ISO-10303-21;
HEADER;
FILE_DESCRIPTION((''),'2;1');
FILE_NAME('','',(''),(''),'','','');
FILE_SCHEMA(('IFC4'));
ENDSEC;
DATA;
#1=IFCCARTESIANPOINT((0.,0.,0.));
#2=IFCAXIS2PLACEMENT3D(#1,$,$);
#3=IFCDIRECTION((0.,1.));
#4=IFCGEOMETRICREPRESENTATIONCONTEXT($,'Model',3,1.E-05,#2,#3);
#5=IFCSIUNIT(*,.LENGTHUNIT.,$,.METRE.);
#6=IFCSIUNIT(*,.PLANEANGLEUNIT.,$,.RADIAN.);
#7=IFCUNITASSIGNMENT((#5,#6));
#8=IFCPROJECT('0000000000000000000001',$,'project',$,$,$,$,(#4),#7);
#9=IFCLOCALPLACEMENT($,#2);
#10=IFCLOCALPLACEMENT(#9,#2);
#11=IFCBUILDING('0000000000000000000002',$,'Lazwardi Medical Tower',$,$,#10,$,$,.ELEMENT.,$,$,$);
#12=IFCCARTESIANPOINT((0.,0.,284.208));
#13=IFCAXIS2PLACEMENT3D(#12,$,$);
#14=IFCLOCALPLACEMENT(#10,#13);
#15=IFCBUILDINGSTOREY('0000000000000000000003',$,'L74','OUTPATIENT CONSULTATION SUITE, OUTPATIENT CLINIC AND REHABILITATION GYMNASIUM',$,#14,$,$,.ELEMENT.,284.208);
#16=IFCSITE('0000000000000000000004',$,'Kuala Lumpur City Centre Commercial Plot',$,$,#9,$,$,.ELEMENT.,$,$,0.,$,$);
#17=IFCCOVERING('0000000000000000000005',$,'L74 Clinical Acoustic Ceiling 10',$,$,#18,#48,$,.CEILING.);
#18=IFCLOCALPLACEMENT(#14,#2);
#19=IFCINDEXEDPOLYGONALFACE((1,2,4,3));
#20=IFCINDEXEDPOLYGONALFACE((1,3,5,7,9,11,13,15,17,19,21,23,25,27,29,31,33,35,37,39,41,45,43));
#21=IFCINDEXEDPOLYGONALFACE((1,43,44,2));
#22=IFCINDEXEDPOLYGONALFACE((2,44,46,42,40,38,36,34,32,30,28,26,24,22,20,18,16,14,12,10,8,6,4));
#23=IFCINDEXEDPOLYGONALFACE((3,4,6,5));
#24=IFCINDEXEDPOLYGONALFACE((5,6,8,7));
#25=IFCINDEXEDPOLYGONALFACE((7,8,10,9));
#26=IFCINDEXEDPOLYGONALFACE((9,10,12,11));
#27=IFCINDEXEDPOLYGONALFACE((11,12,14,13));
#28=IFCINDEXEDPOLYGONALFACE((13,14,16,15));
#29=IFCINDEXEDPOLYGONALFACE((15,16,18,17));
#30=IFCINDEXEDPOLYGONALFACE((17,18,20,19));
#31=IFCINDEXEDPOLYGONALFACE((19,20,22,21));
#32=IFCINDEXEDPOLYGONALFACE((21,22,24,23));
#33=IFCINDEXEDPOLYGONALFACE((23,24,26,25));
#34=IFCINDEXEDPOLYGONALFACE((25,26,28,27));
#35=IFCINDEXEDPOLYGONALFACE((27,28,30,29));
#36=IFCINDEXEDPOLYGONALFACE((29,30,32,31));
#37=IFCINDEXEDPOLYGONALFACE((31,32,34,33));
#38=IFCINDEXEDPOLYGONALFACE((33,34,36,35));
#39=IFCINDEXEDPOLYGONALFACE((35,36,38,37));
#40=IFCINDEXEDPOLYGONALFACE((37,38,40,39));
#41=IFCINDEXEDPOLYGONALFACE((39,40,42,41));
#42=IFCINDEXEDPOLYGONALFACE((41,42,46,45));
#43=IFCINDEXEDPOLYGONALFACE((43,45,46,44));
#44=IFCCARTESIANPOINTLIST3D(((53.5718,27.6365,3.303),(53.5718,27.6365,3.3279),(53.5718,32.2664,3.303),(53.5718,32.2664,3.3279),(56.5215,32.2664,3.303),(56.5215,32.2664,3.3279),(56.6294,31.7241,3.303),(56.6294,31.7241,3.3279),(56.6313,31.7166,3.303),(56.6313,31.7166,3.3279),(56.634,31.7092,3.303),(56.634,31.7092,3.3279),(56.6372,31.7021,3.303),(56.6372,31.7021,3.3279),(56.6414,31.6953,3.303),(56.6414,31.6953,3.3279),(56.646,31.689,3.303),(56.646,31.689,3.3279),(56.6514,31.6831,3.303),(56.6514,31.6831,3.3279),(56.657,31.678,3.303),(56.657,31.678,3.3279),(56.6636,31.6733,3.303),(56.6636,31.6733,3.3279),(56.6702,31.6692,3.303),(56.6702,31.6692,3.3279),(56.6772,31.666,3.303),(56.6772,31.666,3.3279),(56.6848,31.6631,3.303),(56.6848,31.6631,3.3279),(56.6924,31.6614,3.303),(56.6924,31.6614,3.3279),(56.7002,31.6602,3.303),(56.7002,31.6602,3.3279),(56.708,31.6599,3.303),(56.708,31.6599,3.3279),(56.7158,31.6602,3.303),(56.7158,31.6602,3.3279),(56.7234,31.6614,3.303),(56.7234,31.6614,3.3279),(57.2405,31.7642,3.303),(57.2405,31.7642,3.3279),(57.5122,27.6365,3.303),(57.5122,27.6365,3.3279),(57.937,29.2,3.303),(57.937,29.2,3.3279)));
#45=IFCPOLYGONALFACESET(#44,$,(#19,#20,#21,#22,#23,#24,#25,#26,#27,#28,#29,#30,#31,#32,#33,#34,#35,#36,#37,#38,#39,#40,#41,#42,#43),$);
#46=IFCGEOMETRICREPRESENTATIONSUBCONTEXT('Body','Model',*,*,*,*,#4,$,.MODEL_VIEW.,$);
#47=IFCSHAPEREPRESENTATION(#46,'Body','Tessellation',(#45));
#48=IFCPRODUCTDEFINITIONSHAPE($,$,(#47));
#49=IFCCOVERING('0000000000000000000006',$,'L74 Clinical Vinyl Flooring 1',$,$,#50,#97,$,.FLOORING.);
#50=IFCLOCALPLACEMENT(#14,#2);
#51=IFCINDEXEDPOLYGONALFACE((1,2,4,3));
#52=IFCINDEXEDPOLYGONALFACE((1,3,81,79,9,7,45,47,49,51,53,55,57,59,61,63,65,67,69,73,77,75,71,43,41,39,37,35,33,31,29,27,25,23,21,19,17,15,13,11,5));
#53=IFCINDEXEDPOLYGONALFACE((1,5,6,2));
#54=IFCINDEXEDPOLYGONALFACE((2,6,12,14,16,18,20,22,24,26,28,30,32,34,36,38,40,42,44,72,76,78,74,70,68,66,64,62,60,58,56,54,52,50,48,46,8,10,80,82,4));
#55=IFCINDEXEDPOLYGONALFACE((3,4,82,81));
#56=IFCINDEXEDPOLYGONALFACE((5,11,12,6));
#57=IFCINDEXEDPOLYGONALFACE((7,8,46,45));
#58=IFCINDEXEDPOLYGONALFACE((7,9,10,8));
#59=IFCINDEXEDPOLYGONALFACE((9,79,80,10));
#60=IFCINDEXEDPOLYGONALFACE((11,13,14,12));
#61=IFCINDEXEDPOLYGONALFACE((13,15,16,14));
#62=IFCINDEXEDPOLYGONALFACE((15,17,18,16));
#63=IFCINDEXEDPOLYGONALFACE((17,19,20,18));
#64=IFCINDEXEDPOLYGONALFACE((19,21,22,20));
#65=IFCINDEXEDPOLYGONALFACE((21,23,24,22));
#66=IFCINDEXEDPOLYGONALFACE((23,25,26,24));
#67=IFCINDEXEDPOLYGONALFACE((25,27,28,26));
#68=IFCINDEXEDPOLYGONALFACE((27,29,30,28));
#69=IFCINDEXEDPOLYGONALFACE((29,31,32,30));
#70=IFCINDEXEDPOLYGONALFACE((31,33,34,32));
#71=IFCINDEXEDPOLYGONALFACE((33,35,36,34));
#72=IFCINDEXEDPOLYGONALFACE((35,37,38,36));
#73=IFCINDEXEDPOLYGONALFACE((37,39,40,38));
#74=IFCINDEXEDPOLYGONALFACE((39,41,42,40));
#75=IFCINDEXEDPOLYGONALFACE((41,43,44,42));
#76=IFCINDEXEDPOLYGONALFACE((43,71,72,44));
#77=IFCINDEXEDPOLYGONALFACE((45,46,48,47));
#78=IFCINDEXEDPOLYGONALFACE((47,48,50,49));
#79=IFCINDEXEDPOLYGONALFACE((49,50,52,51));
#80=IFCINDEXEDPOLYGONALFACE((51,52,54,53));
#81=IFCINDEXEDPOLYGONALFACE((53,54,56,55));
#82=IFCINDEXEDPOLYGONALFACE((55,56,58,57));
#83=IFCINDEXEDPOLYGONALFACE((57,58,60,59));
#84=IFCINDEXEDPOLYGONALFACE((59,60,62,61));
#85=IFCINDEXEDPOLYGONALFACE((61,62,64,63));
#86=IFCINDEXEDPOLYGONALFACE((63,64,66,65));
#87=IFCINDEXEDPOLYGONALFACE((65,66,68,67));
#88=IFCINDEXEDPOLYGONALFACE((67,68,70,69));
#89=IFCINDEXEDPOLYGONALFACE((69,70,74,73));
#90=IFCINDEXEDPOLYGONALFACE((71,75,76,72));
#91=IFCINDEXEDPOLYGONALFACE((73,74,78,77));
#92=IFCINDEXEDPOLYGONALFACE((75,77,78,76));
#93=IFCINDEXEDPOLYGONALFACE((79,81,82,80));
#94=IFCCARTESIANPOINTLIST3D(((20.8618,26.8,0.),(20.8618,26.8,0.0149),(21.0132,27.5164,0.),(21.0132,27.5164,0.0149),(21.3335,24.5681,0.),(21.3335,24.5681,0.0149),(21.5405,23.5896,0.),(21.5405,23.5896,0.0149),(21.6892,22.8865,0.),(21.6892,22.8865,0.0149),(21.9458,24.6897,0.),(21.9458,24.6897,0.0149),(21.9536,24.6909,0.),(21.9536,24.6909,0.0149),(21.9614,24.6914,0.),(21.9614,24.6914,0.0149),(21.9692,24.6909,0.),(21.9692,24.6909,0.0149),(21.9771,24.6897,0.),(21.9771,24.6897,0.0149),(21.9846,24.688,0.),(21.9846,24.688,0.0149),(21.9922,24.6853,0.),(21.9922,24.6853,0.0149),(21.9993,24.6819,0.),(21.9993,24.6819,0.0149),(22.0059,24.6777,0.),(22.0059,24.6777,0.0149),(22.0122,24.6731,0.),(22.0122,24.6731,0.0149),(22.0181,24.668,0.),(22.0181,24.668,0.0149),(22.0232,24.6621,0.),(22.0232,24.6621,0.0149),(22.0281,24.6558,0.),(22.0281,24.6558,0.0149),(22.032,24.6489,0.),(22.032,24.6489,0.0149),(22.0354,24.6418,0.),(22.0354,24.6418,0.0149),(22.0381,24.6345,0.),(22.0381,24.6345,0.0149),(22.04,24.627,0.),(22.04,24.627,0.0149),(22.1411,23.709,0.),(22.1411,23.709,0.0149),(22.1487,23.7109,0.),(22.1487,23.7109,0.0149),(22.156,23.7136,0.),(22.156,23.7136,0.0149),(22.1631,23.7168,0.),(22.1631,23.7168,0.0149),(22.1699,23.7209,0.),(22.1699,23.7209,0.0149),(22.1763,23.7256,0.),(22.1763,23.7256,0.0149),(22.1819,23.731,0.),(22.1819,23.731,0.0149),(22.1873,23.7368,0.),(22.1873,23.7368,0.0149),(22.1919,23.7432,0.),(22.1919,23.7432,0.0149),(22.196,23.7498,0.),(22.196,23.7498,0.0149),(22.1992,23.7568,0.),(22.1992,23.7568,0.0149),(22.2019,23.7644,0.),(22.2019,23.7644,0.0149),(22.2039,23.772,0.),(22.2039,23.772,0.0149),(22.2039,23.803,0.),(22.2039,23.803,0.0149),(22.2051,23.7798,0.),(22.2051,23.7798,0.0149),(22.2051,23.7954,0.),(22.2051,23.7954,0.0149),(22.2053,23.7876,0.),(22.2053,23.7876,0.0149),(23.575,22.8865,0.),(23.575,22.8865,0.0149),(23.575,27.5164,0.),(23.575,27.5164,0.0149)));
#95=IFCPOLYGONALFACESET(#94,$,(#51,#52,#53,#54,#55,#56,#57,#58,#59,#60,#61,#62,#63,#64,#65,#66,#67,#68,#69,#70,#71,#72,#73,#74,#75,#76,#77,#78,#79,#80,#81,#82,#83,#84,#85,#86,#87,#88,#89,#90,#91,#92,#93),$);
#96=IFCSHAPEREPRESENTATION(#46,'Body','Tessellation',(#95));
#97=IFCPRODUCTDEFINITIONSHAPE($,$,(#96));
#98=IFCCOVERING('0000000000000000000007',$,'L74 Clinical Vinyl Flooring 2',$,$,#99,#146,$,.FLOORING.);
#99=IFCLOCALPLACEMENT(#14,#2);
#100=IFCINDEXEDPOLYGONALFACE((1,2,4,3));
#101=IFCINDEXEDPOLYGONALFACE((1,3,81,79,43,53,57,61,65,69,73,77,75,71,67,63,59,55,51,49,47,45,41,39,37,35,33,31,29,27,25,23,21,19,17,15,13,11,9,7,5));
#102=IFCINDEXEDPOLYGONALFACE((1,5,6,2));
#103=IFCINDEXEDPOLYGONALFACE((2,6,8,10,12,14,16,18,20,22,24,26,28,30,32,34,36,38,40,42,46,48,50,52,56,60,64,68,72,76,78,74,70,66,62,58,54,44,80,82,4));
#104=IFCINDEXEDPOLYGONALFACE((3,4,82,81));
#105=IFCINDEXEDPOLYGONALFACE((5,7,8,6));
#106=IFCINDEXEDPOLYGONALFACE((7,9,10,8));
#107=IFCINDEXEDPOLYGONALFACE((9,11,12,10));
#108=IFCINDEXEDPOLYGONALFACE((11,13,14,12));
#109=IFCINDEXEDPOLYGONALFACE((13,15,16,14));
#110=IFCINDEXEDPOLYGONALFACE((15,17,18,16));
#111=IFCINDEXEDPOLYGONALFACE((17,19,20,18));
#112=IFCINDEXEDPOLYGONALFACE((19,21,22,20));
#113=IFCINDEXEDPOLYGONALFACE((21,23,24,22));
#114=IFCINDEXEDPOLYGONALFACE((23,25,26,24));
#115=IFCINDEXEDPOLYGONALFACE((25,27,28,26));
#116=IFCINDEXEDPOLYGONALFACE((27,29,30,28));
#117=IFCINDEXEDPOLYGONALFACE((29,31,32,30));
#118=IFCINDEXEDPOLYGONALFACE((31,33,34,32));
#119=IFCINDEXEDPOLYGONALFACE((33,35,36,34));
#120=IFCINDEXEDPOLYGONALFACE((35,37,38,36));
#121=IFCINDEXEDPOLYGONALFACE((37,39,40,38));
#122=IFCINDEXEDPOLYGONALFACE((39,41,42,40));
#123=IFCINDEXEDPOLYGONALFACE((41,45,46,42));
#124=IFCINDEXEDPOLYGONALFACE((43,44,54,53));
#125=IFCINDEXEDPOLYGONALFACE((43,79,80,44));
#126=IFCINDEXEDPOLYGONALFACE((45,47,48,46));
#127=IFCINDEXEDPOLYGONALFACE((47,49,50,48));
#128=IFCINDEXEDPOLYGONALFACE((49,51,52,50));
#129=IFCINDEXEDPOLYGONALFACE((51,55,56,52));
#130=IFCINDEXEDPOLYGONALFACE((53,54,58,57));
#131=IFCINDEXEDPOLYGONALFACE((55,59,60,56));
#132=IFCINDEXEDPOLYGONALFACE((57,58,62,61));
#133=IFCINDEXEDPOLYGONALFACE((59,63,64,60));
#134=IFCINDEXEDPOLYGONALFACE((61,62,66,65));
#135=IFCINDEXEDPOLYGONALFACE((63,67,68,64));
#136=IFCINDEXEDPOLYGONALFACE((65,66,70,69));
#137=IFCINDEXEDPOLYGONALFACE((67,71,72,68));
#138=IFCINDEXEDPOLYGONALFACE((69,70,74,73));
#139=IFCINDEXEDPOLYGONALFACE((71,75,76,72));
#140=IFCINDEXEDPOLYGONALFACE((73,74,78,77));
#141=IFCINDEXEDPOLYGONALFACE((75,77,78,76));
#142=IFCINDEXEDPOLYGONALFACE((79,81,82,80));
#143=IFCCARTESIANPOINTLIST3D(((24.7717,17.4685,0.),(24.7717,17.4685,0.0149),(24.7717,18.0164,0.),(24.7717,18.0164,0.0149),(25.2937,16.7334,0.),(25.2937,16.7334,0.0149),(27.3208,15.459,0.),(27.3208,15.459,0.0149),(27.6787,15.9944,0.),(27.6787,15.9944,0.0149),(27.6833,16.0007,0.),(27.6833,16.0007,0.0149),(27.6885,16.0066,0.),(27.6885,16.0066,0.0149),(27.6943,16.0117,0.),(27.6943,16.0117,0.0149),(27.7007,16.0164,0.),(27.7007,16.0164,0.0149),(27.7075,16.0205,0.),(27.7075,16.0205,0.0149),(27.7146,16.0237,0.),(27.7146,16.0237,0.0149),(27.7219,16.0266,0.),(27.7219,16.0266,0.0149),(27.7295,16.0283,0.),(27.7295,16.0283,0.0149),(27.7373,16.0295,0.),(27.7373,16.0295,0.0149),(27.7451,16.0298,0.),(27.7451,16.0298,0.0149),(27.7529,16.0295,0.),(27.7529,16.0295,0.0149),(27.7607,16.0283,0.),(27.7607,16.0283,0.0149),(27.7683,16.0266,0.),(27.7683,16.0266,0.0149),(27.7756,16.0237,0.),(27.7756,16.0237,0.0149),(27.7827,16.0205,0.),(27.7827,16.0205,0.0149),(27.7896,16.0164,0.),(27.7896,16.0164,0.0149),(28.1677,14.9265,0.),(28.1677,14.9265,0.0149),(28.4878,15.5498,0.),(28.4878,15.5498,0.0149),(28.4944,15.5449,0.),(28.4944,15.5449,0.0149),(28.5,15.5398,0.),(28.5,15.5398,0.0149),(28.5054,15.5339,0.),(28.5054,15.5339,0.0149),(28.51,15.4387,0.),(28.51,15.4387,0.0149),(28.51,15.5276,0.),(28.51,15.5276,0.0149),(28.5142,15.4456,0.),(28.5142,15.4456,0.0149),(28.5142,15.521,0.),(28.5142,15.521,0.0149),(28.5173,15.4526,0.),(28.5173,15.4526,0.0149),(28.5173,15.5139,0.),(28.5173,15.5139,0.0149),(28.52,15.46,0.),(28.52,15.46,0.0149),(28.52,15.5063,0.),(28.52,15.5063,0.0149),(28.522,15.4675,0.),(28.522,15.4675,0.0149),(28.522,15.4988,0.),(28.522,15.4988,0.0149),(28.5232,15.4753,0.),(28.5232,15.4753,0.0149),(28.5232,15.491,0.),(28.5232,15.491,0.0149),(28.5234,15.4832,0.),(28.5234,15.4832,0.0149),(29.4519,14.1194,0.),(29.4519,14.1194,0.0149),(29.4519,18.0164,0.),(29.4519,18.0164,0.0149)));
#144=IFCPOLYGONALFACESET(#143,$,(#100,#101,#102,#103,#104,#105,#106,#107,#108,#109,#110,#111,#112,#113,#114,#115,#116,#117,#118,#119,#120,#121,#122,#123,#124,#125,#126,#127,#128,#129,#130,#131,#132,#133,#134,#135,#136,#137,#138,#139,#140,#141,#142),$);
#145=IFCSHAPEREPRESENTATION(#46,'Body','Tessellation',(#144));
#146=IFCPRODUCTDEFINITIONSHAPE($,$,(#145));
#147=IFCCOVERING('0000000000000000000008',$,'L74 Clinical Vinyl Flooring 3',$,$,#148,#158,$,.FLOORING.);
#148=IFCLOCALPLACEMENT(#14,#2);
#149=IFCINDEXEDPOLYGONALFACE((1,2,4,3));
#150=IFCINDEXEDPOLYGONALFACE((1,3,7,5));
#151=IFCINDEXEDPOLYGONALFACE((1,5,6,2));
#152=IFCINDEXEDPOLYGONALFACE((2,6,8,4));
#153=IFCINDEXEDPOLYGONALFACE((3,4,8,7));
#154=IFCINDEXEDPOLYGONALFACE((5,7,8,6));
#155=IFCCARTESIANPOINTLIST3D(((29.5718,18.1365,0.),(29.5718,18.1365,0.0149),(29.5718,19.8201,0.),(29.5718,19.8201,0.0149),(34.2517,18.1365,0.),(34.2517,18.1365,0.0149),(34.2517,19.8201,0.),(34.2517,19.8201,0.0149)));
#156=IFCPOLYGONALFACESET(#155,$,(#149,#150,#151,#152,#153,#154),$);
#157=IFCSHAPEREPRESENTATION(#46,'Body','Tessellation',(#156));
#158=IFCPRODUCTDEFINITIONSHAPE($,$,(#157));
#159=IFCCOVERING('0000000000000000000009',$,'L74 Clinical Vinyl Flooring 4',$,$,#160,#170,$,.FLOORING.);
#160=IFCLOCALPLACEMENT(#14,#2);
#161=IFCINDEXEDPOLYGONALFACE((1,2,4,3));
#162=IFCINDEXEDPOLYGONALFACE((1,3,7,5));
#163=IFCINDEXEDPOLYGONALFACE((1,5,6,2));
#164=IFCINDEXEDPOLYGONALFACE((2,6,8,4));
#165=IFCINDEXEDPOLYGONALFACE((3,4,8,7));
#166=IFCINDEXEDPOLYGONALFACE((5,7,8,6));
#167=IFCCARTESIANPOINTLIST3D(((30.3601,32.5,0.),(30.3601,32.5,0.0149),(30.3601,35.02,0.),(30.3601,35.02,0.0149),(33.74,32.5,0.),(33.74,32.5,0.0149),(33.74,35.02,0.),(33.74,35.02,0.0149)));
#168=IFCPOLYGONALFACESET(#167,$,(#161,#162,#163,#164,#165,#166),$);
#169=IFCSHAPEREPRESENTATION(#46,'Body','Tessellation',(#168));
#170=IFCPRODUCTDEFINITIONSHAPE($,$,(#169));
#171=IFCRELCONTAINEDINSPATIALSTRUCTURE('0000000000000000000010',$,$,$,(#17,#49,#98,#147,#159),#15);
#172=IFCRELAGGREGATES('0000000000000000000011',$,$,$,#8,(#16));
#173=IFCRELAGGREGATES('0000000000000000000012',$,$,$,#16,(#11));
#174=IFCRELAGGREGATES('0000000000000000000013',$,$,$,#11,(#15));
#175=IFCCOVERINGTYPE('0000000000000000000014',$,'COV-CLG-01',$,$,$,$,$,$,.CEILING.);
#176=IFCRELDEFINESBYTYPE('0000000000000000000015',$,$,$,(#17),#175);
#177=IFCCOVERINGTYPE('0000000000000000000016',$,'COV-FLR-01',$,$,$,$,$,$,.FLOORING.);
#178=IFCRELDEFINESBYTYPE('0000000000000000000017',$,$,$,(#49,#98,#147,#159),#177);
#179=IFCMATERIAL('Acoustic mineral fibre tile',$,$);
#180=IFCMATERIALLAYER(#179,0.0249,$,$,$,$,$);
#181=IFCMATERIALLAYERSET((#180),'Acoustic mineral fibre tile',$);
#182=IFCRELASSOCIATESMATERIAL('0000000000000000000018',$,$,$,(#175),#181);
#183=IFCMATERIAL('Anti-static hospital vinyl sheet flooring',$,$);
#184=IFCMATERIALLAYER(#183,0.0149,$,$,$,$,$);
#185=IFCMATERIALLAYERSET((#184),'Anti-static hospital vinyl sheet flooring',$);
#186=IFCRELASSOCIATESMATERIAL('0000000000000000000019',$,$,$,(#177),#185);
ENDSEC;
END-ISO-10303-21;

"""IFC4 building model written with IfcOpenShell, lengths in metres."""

from ifc_helpers import new_model, si_unit, direction, frame, origin, place, context, subcontext, project, spatial, polyline, outline, extrude, material, layer, layer_set, type_object, element, save


model = new_model("IFC4")

# Units and contexts
model_context = context("Model", 3, precision=1e-05, world=origin(), true_north=direction((0.0, 1.0)))
body_context = subcontext(model_context, "Body", "Model", "MODEL_VIEW")
ifc_project = project(units=[si_unit("LENGTHUNIT", "METRE"), si_unit("PLANEANGLEUNIT", "RADIAN")], contexts=[model_context])

# Site, building, storey
site_placement = place(None, origin())
site = spatial("IfcSite", under=ifc_project, at=site_placement, Name="Kuala Lumpur City Centre Commercial Plot", CompositionType="ELEMENT", RefElevation=0.0)
building_placement = place(site_placement, origin())
building = spatial("IfcBuilding", under=site, at=building_placement, Name="Lazwardi Medical Tower", CompositionType="ELEMENT")
storey_placement = place(building_placement, frame((0.0, 0.0, 284.208)))
storey = spatial("IfcBuildingStorey", under=building, at=storey_placement, Name="L74", Description="OUTPATIENT CONSULTATION SUITE, OUTPATIENT CLINIC AND REHABILITATION GYMNASIUM", CompositionType="ELEMENT", Elevation=284.208)

# Coverings
ifc_material_1 = material(Name="Acoustic mineral fibre tile")
ifc_layer_1 = layer(ifc_material_1, 0.0249)
ifc_layer_set_1 = layer_set([ifc_layer_1], Name="Acoustic mineral fibre tile")
covering_type_1 = type_object("IfcCoveringType", Name="COV-CLG-01", PredefinedType="CEILING", material=ifc_layer_set_1)
covering_1_placement = place(storey_placement, frame((0.0, 0.0, 3.303)))
element("IfcCovering", 1, at=covering_1_placement, inside=storey, type_object=covering_type_1, Name="L74 Clinical Acoustic Ceiling 10", PredefinedType="CEILING", context=body_context, shape_type="SweptSolid", body=[
    extrude(outline(polyline([(57.5122, 27.6365), (57.937, 29.2), (57.2405, 31.7642), (56.7234, 31.6614), (56.7158, 31.6602), (56.708, 31.6599), (56.7002, 31.6602), (56.6924, 31.6614), (56.6848, 31.6631), (56.6772, 31.666), (56.6702, 31.6692), (56.6636, 31.6733), (56.657, 31.678), (56.6514, 31.6831), (56.646, 31.689), (56.6414, 31.6953), (56.6372, 31.7021), (56.634, 31.7092), (56.6313, 31.7166), (56.6294, 31.7241), (56.5215, 32.2664), (53.5718, 32.2664), (53.5718, 27.6365), (57.5122, 27.6365)])), origin(), (0.0, 0.0, 1.0), 0.0249),
])
ifc_material_2 = material(Name="Anti-static hospital vinyl sheet flooring")
ifc_layer_2 = layer(ifc_material_2, 0.0149)
ifc_layer_set_2 = layer_set([ifc_layer_2], Name="Anti-static hospital vinyl sheet flooring")
covering_type_2 = type_object("IfcCoveringType", Name="COV-FLR-01", PredefinedType="FLOORING", material=ifc_layer_set_2)
covering_2_placement = place(storey_placement, origin())
element("IfcCovering", 2, at=covering_2_placement, inside=storey, type_object=covering_type_2, Name="L74 Clinical Vinyl Flooring 1", PredefinedType="FLOORING", context=body_context, shape_type="SweptSolid", body=[
    extrude(outline(polyline([(21.0132, 27.5164), (20.8618, 26.8), (21.3335, 24.5681), (21.9458, 24.6897), (21.9536, 24.6909), (21.9614, 24.6914), (21.9692, 24.6909), (21.9771, 24.6897), (21.9846, 24.688), (21.9922, 24.6853), (21.9993, 24.6819), (22.0059, 24.6777), (22.0122, 24.6731), (22.0181, 24.668), (22.0232, 24.6621), (22.0281, 24.6558), (22.032, 24.6489), (22.0354, 24.6418), (22.0381, 24.6345), (22.04, 24.627), (22.2039, 23.803), (22.2051, 23.7954), (22.2053, 23.7876), (22.2051, 23.7798), (22.2039, 23.772), (22.2019, 23.7644), (22.1992, 23.7568), (22.196, 23.7498), (22.1919, 23.7432), (22.1873, 23.7368), (22.1819, 23.731), (22.1763, 23.7256), (22.1699, 23.7209), (22.1631, 23.7168), (22.156, 23.7136), (22.1487, 23.7109), (22.1411, 23.709), (21.5405, 23.5896), (21.6892, 22.8865), (23.575, 22.8865), (23.575, 27.5164), (21.0132, 27.5164)])), origin(), (0.0, 0.0, 1.0), 0.0149),
])
covering_3_placement = place(storey_placement, origin())
element("IfcCovering", 3, at=covering_3_placement, inside=storey, type_object=covering_type_2, Name="L74 Clinical Vinyl Flooring 2", PredefinedType="FLOORING", context=body_context, shape_type="SweptSolid", body=[
    extrude(outline(polyline([(24.7717, 17.4685), (25.2937, 16.7334), (27.3208, 15.459), (27.6787, 15.9944), (27.6833, 16.0007), (27.6885, 16.0066), (27.6943, 16.0117), (27.7007, 16.0164), (27.7075, 16.0205), (27.7146, 16.0237), (27.7219, 16.0266), (27.7295, 16.0283), (27.7373, 16.0295), (27.7451, 16.0298), (27.7529, 16.0295), (27.7607, 16.0283), (27.7683, 16.0266), (27.7756, 16.0237), (27.7827, 16.0205), (27.7896, 16.0164), (28.4878, 15.5498), (28.4944, 15.5449), (28.5, 15.5398), (28.5054, 15.5339), (28.51, 15.5276), (28.5142, 15.521), (28.5173, 15.5139), (28.52, 15.5063), (28.522, 15.4988), (28.5232, 15.491), (28.5234, 15.4832), (28.5232, 15.4753), (28.522, 15.4675), (28.52, 15.46), (28.5173, 15.4526), (28.5142, 15.4456), (28.51, 15.4387), (28.1677, 14.9265), (29.4519, 14.1194), (29.4519, 18.0164), (24.7717, 18.0164), (24.7717, 17.4685)])), origin(), (0.0, 0.0, 1.0), 0.0149),
])
covering_4_placement = place(storey_placement, origin())
element("IfcCovering", 4, at=covering_4_placement, inside=storey, type_object=covering_type_2, Name="L74 Clinical Vinyl Flooring 3", PredefinedType="FLOORING", context=body_context, shape_type="SweptSolid", body=[
    extrude(outline(polyline([(34.2517, 19.8201), (29.5718, 19.8201), (29.5718, 18.1365), (34.2517, 18.1365), (34.2517, 19.8201)])), origin(), (0.0, 0.0, 1.0), 0.0149),
])
covering_5_placement = place(storey_placement, origin())
element("IfcCovering", 5, at=covering_5_placement, inside=storey, type_object=covering_type_2, Name="L74 Clinical Vinyl Flooring 4", PredefinedType="FLOORING", context=body_context, shape_type="SweptSolid", body=[
    extrude(outline(polyline([(33.74, 32.5), (33.74, 35.02), (30.3601, 35.02), (30.3601, 32.5), (33.74, 32.5)])), origin(), (0.0, 0.0, 1.0), 0.0149),
])

save(model, "model.ifc")
